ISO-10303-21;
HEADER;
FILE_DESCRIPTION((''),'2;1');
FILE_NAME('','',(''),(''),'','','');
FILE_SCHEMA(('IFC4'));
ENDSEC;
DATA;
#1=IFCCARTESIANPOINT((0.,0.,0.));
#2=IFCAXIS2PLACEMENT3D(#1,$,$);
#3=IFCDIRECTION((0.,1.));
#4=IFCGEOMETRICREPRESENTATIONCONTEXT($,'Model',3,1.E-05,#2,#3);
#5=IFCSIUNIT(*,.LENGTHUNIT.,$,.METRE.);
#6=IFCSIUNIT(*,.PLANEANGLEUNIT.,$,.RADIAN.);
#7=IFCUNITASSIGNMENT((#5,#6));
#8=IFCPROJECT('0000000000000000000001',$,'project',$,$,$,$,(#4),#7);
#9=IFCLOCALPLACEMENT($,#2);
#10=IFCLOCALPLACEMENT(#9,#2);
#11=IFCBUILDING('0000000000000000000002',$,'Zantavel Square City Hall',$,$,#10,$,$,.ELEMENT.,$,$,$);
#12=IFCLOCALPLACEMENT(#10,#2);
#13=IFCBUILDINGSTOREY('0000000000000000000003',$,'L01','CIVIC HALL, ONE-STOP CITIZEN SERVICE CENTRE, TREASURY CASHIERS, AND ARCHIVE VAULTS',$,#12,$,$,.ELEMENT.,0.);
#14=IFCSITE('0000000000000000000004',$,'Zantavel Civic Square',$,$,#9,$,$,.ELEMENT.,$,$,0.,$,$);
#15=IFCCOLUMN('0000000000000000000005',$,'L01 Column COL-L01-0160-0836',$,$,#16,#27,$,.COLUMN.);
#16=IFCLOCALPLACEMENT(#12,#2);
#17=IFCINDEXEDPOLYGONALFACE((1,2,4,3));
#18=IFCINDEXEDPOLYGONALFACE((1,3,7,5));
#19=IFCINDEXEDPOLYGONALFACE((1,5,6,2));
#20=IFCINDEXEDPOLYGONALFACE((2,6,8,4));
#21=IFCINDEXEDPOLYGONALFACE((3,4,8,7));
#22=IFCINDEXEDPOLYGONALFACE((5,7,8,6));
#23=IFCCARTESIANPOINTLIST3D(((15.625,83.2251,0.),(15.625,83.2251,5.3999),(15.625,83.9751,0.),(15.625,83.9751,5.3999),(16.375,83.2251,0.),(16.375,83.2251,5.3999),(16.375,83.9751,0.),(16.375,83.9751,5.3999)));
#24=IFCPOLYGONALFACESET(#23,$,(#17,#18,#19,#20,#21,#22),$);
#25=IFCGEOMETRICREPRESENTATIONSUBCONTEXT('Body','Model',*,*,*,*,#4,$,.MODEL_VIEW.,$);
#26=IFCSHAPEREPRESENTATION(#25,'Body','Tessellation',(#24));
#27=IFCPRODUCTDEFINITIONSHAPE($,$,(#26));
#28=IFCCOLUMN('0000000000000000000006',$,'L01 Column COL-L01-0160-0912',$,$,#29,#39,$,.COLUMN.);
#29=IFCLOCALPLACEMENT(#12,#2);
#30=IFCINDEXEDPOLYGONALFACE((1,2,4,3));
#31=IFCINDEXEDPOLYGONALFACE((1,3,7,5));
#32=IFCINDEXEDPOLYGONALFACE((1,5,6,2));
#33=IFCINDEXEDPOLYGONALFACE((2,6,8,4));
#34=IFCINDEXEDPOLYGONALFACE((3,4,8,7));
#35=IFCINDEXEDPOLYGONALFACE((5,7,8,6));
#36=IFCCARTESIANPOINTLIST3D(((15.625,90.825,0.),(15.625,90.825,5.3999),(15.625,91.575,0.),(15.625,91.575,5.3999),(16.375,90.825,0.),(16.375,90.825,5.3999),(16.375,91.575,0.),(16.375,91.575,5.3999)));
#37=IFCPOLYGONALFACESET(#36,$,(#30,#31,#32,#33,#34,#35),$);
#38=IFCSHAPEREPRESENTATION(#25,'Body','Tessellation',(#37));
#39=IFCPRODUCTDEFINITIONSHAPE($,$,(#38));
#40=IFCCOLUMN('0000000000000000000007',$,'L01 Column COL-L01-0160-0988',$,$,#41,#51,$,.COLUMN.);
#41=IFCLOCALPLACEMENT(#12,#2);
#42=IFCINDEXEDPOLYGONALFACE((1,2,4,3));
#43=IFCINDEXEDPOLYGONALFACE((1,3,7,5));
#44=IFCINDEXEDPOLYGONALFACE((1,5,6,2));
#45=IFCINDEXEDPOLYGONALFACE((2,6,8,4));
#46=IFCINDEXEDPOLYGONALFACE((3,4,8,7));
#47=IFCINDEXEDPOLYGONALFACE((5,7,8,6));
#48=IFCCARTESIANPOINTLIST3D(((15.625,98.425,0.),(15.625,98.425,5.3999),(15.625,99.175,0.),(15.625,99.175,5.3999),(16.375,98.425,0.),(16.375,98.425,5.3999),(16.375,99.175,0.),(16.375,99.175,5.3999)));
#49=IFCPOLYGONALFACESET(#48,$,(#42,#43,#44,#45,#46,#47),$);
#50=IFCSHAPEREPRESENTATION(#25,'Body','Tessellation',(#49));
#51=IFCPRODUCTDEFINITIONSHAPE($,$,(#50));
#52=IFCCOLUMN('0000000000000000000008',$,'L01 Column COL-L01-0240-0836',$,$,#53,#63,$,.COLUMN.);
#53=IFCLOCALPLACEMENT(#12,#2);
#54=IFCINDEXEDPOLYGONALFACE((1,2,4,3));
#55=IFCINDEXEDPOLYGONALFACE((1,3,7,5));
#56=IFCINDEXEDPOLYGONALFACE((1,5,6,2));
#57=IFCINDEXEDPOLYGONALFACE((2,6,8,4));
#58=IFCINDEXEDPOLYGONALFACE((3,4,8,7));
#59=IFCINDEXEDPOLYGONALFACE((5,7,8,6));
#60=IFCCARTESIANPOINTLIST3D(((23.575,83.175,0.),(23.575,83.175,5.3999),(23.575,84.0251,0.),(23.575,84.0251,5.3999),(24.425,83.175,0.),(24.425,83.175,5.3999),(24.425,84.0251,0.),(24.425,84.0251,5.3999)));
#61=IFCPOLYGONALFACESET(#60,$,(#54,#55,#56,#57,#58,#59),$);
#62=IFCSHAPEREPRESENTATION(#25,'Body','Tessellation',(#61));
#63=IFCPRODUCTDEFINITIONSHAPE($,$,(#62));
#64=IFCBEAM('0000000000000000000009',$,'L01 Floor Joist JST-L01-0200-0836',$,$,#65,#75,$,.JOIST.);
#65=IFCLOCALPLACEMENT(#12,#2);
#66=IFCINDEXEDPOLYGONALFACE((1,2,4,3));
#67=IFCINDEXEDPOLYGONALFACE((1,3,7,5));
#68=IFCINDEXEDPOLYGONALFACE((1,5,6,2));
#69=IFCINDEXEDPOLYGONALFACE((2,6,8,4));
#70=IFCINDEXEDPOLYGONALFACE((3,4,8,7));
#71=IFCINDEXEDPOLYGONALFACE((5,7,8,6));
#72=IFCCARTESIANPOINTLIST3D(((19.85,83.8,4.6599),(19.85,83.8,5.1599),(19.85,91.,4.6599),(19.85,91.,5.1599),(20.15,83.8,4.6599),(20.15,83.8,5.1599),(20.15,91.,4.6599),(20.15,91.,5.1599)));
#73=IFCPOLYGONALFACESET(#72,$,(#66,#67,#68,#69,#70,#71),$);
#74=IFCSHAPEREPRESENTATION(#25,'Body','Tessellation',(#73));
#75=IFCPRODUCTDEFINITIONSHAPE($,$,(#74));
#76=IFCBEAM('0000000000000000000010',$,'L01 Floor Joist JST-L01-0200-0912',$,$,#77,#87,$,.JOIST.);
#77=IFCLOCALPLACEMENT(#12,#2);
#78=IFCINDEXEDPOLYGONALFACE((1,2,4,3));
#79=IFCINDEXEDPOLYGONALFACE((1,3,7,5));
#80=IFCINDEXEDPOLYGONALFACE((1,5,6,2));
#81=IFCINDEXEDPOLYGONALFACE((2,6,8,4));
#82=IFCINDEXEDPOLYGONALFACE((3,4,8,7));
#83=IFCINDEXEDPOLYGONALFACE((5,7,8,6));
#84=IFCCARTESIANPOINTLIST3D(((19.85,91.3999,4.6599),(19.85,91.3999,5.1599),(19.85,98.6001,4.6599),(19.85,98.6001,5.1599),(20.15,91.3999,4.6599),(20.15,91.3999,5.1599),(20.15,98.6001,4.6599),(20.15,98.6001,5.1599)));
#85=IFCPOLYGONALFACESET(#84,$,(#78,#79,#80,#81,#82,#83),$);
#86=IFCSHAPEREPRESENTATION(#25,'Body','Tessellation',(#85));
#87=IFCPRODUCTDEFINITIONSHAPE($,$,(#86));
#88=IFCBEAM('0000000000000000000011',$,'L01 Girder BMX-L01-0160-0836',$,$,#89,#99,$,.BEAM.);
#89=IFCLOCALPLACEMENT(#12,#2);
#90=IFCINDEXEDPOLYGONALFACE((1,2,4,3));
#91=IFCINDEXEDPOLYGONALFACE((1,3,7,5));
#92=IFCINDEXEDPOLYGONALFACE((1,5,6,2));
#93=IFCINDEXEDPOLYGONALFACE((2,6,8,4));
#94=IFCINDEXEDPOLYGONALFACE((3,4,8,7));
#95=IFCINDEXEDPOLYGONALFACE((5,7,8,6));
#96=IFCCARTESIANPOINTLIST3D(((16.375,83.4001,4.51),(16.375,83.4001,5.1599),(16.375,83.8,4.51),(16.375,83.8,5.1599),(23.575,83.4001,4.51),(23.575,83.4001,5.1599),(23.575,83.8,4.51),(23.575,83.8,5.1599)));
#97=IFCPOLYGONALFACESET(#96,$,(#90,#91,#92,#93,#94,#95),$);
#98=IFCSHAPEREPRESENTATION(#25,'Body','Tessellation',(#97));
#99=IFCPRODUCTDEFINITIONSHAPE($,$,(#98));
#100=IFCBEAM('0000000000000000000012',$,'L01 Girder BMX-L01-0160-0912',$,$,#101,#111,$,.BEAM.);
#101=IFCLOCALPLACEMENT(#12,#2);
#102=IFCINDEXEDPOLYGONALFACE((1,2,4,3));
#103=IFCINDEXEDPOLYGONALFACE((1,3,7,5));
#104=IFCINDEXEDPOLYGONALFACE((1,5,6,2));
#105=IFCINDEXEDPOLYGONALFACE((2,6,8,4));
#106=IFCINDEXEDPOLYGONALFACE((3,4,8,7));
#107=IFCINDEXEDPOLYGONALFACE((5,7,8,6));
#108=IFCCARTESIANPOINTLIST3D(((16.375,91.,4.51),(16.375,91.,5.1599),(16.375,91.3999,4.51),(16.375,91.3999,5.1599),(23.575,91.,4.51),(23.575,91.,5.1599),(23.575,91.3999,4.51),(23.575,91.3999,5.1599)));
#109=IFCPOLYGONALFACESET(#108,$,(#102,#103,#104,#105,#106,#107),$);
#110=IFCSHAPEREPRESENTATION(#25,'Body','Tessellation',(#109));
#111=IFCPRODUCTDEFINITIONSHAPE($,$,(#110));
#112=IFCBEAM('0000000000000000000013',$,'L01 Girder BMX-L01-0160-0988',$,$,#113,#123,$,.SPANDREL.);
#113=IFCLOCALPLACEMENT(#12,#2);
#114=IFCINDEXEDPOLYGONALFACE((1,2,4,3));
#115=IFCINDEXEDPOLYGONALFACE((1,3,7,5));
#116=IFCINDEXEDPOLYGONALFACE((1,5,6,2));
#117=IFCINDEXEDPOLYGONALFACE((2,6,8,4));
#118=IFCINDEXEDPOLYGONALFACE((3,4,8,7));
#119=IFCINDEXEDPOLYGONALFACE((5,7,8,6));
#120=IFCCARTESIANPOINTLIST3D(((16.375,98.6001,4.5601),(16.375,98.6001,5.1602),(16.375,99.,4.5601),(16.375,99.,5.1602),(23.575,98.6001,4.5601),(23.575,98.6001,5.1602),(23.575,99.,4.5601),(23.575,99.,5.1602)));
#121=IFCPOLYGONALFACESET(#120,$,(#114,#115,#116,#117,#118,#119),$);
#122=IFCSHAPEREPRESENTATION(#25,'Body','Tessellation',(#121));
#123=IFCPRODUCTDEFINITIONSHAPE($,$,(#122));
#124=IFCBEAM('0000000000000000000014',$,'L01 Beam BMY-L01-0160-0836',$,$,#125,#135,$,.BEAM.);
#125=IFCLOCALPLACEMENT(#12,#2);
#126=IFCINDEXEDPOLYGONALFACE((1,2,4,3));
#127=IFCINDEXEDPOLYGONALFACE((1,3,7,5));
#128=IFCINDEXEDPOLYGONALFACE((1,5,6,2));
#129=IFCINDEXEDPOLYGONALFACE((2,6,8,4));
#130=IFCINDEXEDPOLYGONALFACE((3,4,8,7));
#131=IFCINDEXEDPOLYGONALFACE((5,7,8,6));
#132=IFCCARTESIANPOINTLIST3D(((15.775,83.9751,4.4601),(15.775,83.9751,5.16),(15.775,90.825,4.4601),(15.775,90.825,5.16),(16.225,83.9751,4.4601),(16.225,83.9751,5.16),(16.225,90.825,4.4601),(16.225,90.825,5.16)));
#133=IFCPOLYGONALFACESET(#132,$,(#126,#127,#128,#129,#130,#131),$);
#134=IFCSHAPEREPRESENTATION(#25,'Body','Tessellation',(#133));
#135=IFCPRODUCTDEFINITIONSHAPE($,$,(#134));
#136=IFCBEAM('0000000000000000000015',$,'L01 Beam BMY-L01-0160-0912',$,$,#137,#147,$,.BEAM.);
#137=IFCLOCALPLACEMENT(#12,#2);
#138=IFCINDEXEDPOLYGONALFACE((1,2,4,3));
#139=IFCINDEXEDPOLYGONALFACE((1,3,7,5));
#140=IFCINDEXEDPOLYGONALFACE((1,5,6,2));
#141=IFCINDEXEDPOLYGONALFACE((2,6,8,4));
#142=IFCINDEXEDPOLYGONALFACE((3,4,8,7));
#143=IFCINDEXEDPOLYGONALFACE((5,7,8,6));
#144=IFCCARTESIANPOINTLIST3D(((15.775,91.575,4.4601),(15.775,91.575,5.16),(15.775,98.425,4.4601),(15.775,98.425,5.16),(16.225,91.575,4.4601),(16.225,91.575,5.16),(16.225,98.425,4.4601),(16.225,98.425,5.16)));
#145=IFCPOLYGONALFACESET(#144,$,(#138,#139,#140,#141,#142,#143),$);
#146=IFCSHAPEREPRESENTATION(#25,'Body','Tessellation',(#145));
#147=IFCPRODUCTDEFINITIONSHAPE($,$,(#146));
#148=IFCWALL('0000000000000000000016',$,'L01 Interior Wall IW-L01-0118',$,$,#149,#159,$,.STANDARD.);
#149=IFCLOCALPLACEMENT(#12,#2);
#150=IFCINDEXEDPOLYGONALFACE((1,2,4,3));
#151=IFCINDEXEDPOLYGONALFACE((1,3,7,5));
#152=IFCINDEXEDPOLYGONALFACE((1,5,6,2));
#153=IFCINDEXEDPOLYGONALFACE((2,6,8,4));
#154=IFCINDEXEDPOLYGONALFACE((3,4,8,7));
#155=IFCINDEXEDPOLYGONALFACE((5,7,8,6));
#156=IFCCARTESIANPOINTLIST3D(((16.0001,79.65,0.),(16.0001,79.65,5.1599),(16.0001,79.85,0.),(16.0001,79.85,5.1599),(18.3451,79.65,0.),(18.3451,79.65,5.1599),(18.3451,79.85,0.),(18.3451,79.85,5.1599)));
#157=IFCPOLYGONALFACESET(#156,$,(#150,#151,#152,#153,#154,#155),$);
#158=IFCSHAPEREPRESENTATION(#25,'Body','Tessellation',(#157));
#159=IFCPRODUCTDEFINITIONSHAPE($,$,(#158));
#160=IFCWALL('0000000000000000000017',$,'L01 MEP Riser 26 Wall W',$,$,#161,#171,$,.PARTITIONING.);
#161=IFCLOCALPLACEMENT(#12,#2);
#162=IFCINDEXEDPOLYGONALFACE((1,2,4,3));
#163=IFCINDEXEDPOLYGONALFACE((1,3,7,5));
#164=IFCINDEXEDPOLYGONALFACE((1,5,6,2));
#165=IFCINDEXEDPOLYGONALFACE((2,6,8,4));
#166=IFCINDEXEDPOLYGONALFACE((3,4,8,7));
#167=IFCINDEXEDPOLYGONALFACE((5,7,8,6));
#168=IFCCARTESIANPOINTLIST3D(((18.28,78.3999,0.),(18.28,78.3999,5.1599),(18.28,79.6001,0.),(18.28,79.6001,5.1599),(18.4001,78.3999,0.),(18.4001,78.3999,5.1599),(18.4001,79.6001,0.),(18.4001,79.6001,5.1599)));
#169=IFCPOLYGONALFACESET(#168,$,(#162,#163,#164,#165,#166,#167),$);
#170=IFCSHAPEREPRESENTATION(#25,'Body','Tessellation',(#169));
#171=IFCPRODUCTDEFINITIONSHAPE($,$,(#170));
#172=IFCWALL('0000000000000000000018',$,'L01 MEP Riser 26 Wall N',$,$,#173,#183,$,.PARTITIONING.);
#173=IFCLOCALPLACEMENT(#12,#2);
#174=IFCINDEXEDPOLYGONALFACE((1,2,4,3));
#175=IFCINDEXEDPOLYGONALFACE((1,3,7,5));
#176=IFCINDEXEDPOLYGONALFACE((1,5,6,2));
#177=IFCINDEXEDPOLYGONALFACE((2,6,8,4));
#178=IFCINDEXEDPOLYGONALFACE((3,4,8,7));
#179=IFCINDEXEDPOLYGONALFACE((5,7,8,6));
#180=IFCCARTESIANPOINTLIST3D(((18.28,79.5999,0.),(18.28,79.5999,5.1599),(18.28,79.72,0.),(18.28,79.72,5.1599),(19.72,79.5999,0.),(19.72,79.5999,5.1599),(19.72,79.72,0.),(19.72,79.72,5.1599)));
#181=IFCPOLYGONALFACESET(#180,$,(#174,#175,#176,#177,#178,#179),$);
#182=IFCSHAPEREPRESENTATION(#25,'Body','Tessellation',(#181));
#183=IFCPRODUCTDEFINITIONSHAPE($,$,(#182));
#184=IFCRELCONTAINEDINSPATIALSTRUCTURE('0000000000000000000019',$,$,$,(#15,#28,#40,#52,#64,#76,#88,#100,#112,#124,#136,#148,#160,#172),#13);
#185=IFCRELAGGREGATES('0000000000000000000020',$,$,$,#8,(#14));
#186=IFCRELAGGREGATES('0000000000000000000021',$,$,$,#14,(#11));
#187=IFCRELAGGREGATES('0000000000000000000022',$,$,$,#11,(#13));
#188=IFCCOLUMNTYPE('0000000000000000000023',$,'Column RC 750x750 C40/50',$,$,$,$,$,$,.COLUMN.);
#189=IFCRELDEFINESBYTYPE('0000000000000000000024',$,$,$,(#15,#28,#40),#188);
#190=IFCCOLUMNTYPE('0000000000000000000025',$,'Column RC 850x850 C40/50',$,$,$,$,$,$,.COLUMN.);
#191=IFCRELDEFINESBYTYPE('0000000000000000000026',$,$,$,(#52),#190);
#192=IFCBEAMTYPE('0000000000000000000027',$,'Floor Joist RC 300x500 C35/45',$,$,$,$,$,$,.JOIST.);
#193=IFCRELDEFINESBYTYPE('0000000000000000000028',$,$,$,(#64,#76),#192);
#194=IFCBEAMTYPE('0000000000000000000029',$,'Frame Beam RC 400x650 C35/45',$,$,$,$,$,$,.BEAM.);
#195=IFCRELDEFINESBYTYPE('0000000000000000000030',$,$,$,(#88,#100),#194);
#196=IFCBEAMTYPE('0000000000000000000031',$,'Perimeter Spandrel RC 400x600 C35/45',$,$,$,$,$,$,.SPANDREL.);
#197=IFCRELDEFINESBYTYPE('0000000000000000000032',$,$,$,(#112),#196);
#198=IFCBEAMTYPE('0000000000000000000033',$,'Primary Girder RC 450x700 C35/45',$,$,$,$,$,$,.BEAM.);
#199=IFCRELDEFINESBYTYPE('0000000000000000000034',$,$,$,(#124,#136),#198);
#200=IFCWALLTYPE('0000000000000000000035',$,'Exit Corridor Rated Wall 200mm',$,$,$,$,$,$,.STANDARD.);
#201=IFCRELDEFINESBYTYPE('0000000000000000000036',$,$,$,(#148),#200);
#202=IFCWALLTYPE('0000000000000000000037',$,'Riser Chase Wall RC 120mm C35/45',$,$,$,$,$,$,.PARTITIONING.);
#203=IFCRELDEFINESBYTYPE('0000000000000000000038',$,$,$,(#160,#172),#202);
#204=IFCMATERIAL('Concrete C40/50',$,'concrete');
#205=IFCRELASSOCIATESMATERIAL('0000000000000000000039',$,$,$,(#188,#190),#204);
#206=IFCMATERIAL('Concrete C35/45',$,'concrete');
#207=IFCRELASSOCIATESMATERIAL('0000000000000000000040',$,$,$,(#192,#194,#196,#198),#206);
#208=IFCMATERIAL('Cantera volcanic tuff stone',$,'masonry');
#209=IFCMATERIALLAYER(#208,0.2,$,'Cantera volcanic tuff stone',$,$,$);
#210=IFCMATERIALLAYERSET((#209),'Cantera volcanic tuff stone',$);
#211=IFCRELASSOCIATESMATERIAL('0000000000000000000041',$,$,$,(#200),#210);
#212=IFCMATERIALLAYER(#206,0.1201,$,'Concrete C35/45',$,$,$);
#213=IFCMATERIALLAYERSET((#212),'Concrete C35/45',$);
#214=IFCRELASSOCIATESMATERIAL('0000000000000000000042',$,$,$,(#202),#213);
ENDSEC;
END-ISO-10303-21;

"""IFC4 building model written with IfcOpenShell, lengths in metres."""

from ifc_helpers import new_model, si_unit, direction, frame, frame_2d, origin, origin_2d, place, context, subcontext, project, spatial, rectangle, extrude, material, layer, layer_set, material_profile, profile_set, type_object, element, save


model = new_model("IFC4")

# Units and contexts
model_context = context("Model", 3, precision=1e-05, world=origin(), true_north=direction((0.0, 1.0)))
body_context = subcontext(model_context, "Body", "Model", "MODEL_VIEW")
ifc_project = project(units=[si_unit("LENGTHUNIT", "METRE"), si_unit("PLANEANGLEUNIT", "RADIAN")], contexts=[model_context])

# Site, building, storey
site_placement = place(None, origin())
site = spatial("IfcSite", under=ifc_project, at=site_placement, Name="Zantavel Civic Square", CompositionType="ELEMENT", RefElevation=0.0)
building_placement = place(site_placement, origin())
building = spatial("IfcBuilding", under=site, at=building_placement, Name="Zantavel Square City Hall", CompositionType="ELEMENT")
storey_placement = place(building_placement, origin())
storey = spatial("IfcBuildingStorey", under=building, at=storey_placement, Name="L01", Description="CIVIC HALL, ONE-STOP CITIZEN SERVICE CENTRE, TREASURY CASHIERS, AND ARCHIVE VAULTS", CompositionType="ELEMENT", Elevation=0.0)

# Columns
ifc_material_1 = material(Name="Concrete C40/50", Category="concrete")
ifc_material_profile_1 = material_profile(ifc_material_1, rectangle(XDim=0.75, YDim=0.75, at=origin_2d()), Name="RC 750x750")
ifc_profile_set_1 = profile_set([ifc_material_profile_1], Name="Concrete C40/50")
column_type_1 = type_object("IfcColumnType", Name="Column RC 750x750 C40/50", PredefinedType="COLUMN", material=ifc_profile_set_1)
for number, where, z_axis, x_axis, name in (
    (1, (16.0, 83.6001, 0.0), (0.0, 0.0, 1.0), (1.0, 0.0, 0.0), "L01 Column COL-L01-0160-0836"),
    (2, (16.0, 91.2, 0.0), (0.0, 0.0, 1.0), (1.0, 0.0, 0.0), "L01 Column COL-L01-0160-0912"),
    (3, (16.0, 98.8, 0.0), (0.0, 0.0, 1.0), (1.0, 0.0, 0.0), "L01 Column COL-L01-0160-0988"),
):
    element("IfcColumn", number, at=place(storey_placement, frame(where, z_axis=z_axis, x_axis=x_axis)), inside=storey, type_object=column_type_1, Name=name, PredefinedType="COLUMN", context=body_context, shape_type="SweptSolid", body=[
        extrude(rectangle(XDim=0.75, YDim=0.75, at=origin_2d()), origin(), (0.0, 0.0, 1.0), 5.3999),
    ])
ifc_material_profile_2 = material_profile(ifc_material_1, rectangle(XDim=0.8501, YDim=0.8501, at=origin_2d()), Name="RC 850x850")
ifc_profile_set_2 = profile_set([ifc_material_profile_2], Name="Concrete C40/50")
column_type_2 = type_object("IfcColumnType", Name="Column RC 850x850 C40/50", PredefinedType="COLUMN", material=ifc_profile_set_2)
column_placement = place(storey_placement, frame((24.0, 83.6001, 0.0), z_axis=(0.0, 0.0, 1.0), x_axis=(1.0, 0.0, 0.0)))
element("IfcColumn", 4, at=column_placement, inside=storey, type_object=column_type_2, Name="L01 Column COL-L01-0240-0836", PredefinedType="COLUMN", context=body_context, shape_type="SweptSolid", body=[
    extrude(rectangle(XDim=0.8501, YDim=0.8501, at=origin_2d()), origin(), (0.0, 0.0, 1.0), 5.3999),
])

# Beams
ifc_material_2 = material(Name="Concrete C35/45", Category="concrete")
ifc_material_profile_3 = material_profile(ifc_material_2, rectangle(XDim=0.3, YDim=0.5, at=origin_2d()), Name="RC 300x500")
ifc_profile_set_3 = profile_set([ifc_material_profile_3], Name="Concrete C35/45")
beam_type_1 = type_object("IfcBeamType", Name="Floor Joist RC 300x500 C35/45", PredefinedType="JOIST", material=ifc_profile_set_3)
beam_1_placement = place(storey_placement, frame((20.0, 83.8, 4.9099), z_axis=(0.0, 1.0, 0.0), x_axis=(-1.0, 0.0, 0.0)))
element("IfcBeam", 5, at=beam_1_placement, inside=storey, type_object=beam_type_1, Name="L01 Floor Joist JST-L01-0200-0836", PredefinedType="JOIST", context=body_context, shape_type="SweptSolid", body=[
    extrude(rectangle(XDim=0.3, YDim=0.5, at=origin_2d()), origin(), (0.0, 0.0, 1.0), 7.2),
])
beam_2_placement = place(storey_placement, frame((20.0, 91.3999, 4.9099), z_axis=(0.0, 1.0, 0.0), x_axis=(-1.0, 0.0, 0.0)))
element("IfcBeam", 6, at=beam_2_placement, inside=storey, type_object=beam_type_1, Name="L01 Floor Joist JST-L01-0200-0912", PredefinedType="JOIST", context=body_context, shape_type="SweptSolid", body=[
    extrude(rectangle(XDim=0.3, YDim=0.5, at=origin_2d()), origin(), (0.0, 0.0, 1.0), 7.2002),
])
ifc_material_profile_4 = material_profile(ifc_material_2, rectangle(XDim=0.3999, YDim=0.6499, at=origin_2d()), Name="RC 400x650")
ifc_profile_set_4 = profile_set([ifc_material_profile_4], Name="Concrete C35/45")
beam_type_2 = type_object("IfcBeamType", Name="Frame Beam RC 400x650 C35/45", PredefinedType="BEAM", material=ifc_profile_set_4)
for number, where, z_axis, x_axis, name in (
    (7, (16.375, 83.6001, 4.835), (1.0, 0.0, 0.0), (0.0, 1.0, 0.0), "L01 Girder BMX-L01-0160-0836"),
    (8, (16.375, 91.2, 4.835), (1.0, 0.0, 0.0), (0.0, 1.0, 0.0), "L01 Girder BMX-L01-0160-0912"),
):
    element("IfcBeam", number, at=place(storey_placement, frame(where, z_axis=z_axis, x_axis=x_axis)), inside=storey, type_object=beam_type_2, Name=name, PredefinedType="BEAM", context=body_context, shape_type="SweptSolid", body=[
        extrude(rectangle(XDim=0.3999, YDim=0.6499, at=origin_2d()), origin(), (0.0, 0.0, 1.0), 7.2),
    ])
ifc_material_profile_5 = material_profile(ifc_material_2, rectangle(XDim=0.3999, YDim=0.6001, at=origin_2d()), Name="RC 400x600")
ifc_profile_set_5 = profile_set([ifc_material_profile_5], Name="Concrete C35/45")
beam_type_3 = type_object("IfcBeamType", Name="Perimeter Spandrel RC 400x600 C35/45", PredefinedType="SPANDREL", material=ifc_profile_set_5)
beam_3_placement = place(storey_placement, frame((16.375, 98.8, 4.8601), z_axis=(1.0, 0.0, 0.0), x_axis=(0.0, 1.0, 0.0)))
element("IfcBeam", 9, at=beam_3_placement, inside=storey, type_object=beam_type_3, Name="L01 Girder BMX-L01-0160-0988", PredefinedType="SPANDREL", context=body_context, shape_type="SweptSolid", body=[
    extrude(rectangle(XDim=0.3999, YDim=0.6001, at=origin_2d()), origin(), (0.0, 0.0, 1.0), 7.2),
])
ifc_material_profile_6 = material_profile(ifc_material_2, rectangle(XDim=0.45, YDim=0.7, at=origin_2d()), Name="RC 450x700")
ifc_profile_set_6 = profile_set([ifc_material_profile_6], Name="Concrete C35/45")
beam_type_4 = type_object("IfcBeamType", Name="Primary Girder RC 450x700 C35/45", PredefinedType="BEAM", material=ifc_profile_set_6)
beam_4_placement = place(storey_placement, frame((16.0, 83.9751, 4.8101), z_axis=(0.0, 1.0, 0.0), x_axis=(-1.0, 0.0, 0.0)))
element("IfcBeam", 10, at=beam_4_placement, inside=storey, type_object=beam_type_4, Name="L01 Beam BMY-L01-0160-0836", PredefinedType="BEAM", context=body_context, shape_type="SweptSolid", body=[
    extrude(rectangle(XDim=0.45, YDim=0.7, at=origin_2d()), origin(), (0.0, 0.0, 1.0), 6.8499),
])
beam_5_placement = place(storey_placement, frame((16.0, 91.575, 4.8101), z_axis=(0.0, 1.0, 0.0), x_axis=(-1.0, 0.0, 0.0)))
element("IfcBeam", 11, at=beam_5_placement, inside=storey, type_object=beam_type_4, Name="L01 Beam BMY-L01-0160-0912", PredefinedType="BEAM", context=body_context, shape_type="SweptSolid", body=[
    extrude(rectangle(XDim=0.45, YDim=0.7, at=origin_2d()), origin(), (0.0, 0.0, 1.0), 6.8501),
])

# Walls
ifc_material_3 = material(Name="Cantera volcanic tuff stone", Category="masonry")
ifc_layer_1 = layer(ifc_material_3, 0.2, Name="Cantera volcanic tuff stone")
ifc_layer_set_1 = layer_set([ifc_layer_1], Name="Cantera volcanic tuff stone")
wall_type_1 = type_object("IfcWallType", Name="Exit Corridor Rated Wall 200mm", PredefinedType="STANDARD", material=ifc_layer_set_1)
wall_1_placement = place(storey_placement, frame((18.345, 79.75, 0.0), z_axis=(0.0, 0.0, 1.0), x_axis=(-1.0, 0.0, 0.0)))
element("IfcWall", 12, at=wall_1_placement, inside=storey, type_object=wall_type_1, Name="L01 Interior Wall IW-L01-0118", PredefinedType="STANDARD", context=body_context, shape_type="SweptSolid", body=[
    extrude(rectangle(XDim=2.345, YDim=0.2, at=frame_2d((1.1724, 0.0))), origin(), (0.0, 0.0, 1.0), 5.1599),
])
ifc_layer_2 = layer(ifc_material_2, 0.1201, Name="Concrete C35/45")
ifc_layer_set_2 = layer_set([ifc_layer_2], Name="Concrete C35/45")
wall_type_2 = type_object("IfcWallType", Name="Riser Chase Wall RC 120mm C35/45", PredefinedType="PARTITIONING", material=ifc_layer_set_2)
wall_2_placement = place(storey_placement, frame((18.3401, 78.3999, 0.0), z_axis=(0.0, 0.0, 1.0), x_axis=(0.0, 1.0, 0.0)))
element("IfcWall", 13, at=wall_2_placement, inside=storey, type_object=wall_type_2, Name="L01 MEP Riser 26 Wall W", PredefinedType="PARTITIONING", context=body_context, shape_type="SweptSolid", body=[
    extrude(rectangle(XDim=1.2002, YDim=0.1201, at=frame_2d((0.6001, 0.0))), origin(), (0.0, 0.0, 1.0), 5.1599),
])
wall_3_placement = place(storey_placement, frame((18.28, 79.6599, 0.0), z_axis=(0.0, 0.0, 1.0), x_axis=(1.0, 0.0, 0.0)))
element("IfcWall", 14, at=wall_3_placement, inside=storey, type_object=wall_type_2, Name="L01 MEP Riser 26 Wall N", PredefinedType="PARTITIONING", context=body_context, shape_type="SweptSolid", body=[
    extrude(rectangle(XDim=1.4399, YDim=0.1201, at=frame_2d((0.72, 0.0))), origin(), (0.0, 0.0, 1.0), 5.1599),
])

save(model, "model.ifc")
